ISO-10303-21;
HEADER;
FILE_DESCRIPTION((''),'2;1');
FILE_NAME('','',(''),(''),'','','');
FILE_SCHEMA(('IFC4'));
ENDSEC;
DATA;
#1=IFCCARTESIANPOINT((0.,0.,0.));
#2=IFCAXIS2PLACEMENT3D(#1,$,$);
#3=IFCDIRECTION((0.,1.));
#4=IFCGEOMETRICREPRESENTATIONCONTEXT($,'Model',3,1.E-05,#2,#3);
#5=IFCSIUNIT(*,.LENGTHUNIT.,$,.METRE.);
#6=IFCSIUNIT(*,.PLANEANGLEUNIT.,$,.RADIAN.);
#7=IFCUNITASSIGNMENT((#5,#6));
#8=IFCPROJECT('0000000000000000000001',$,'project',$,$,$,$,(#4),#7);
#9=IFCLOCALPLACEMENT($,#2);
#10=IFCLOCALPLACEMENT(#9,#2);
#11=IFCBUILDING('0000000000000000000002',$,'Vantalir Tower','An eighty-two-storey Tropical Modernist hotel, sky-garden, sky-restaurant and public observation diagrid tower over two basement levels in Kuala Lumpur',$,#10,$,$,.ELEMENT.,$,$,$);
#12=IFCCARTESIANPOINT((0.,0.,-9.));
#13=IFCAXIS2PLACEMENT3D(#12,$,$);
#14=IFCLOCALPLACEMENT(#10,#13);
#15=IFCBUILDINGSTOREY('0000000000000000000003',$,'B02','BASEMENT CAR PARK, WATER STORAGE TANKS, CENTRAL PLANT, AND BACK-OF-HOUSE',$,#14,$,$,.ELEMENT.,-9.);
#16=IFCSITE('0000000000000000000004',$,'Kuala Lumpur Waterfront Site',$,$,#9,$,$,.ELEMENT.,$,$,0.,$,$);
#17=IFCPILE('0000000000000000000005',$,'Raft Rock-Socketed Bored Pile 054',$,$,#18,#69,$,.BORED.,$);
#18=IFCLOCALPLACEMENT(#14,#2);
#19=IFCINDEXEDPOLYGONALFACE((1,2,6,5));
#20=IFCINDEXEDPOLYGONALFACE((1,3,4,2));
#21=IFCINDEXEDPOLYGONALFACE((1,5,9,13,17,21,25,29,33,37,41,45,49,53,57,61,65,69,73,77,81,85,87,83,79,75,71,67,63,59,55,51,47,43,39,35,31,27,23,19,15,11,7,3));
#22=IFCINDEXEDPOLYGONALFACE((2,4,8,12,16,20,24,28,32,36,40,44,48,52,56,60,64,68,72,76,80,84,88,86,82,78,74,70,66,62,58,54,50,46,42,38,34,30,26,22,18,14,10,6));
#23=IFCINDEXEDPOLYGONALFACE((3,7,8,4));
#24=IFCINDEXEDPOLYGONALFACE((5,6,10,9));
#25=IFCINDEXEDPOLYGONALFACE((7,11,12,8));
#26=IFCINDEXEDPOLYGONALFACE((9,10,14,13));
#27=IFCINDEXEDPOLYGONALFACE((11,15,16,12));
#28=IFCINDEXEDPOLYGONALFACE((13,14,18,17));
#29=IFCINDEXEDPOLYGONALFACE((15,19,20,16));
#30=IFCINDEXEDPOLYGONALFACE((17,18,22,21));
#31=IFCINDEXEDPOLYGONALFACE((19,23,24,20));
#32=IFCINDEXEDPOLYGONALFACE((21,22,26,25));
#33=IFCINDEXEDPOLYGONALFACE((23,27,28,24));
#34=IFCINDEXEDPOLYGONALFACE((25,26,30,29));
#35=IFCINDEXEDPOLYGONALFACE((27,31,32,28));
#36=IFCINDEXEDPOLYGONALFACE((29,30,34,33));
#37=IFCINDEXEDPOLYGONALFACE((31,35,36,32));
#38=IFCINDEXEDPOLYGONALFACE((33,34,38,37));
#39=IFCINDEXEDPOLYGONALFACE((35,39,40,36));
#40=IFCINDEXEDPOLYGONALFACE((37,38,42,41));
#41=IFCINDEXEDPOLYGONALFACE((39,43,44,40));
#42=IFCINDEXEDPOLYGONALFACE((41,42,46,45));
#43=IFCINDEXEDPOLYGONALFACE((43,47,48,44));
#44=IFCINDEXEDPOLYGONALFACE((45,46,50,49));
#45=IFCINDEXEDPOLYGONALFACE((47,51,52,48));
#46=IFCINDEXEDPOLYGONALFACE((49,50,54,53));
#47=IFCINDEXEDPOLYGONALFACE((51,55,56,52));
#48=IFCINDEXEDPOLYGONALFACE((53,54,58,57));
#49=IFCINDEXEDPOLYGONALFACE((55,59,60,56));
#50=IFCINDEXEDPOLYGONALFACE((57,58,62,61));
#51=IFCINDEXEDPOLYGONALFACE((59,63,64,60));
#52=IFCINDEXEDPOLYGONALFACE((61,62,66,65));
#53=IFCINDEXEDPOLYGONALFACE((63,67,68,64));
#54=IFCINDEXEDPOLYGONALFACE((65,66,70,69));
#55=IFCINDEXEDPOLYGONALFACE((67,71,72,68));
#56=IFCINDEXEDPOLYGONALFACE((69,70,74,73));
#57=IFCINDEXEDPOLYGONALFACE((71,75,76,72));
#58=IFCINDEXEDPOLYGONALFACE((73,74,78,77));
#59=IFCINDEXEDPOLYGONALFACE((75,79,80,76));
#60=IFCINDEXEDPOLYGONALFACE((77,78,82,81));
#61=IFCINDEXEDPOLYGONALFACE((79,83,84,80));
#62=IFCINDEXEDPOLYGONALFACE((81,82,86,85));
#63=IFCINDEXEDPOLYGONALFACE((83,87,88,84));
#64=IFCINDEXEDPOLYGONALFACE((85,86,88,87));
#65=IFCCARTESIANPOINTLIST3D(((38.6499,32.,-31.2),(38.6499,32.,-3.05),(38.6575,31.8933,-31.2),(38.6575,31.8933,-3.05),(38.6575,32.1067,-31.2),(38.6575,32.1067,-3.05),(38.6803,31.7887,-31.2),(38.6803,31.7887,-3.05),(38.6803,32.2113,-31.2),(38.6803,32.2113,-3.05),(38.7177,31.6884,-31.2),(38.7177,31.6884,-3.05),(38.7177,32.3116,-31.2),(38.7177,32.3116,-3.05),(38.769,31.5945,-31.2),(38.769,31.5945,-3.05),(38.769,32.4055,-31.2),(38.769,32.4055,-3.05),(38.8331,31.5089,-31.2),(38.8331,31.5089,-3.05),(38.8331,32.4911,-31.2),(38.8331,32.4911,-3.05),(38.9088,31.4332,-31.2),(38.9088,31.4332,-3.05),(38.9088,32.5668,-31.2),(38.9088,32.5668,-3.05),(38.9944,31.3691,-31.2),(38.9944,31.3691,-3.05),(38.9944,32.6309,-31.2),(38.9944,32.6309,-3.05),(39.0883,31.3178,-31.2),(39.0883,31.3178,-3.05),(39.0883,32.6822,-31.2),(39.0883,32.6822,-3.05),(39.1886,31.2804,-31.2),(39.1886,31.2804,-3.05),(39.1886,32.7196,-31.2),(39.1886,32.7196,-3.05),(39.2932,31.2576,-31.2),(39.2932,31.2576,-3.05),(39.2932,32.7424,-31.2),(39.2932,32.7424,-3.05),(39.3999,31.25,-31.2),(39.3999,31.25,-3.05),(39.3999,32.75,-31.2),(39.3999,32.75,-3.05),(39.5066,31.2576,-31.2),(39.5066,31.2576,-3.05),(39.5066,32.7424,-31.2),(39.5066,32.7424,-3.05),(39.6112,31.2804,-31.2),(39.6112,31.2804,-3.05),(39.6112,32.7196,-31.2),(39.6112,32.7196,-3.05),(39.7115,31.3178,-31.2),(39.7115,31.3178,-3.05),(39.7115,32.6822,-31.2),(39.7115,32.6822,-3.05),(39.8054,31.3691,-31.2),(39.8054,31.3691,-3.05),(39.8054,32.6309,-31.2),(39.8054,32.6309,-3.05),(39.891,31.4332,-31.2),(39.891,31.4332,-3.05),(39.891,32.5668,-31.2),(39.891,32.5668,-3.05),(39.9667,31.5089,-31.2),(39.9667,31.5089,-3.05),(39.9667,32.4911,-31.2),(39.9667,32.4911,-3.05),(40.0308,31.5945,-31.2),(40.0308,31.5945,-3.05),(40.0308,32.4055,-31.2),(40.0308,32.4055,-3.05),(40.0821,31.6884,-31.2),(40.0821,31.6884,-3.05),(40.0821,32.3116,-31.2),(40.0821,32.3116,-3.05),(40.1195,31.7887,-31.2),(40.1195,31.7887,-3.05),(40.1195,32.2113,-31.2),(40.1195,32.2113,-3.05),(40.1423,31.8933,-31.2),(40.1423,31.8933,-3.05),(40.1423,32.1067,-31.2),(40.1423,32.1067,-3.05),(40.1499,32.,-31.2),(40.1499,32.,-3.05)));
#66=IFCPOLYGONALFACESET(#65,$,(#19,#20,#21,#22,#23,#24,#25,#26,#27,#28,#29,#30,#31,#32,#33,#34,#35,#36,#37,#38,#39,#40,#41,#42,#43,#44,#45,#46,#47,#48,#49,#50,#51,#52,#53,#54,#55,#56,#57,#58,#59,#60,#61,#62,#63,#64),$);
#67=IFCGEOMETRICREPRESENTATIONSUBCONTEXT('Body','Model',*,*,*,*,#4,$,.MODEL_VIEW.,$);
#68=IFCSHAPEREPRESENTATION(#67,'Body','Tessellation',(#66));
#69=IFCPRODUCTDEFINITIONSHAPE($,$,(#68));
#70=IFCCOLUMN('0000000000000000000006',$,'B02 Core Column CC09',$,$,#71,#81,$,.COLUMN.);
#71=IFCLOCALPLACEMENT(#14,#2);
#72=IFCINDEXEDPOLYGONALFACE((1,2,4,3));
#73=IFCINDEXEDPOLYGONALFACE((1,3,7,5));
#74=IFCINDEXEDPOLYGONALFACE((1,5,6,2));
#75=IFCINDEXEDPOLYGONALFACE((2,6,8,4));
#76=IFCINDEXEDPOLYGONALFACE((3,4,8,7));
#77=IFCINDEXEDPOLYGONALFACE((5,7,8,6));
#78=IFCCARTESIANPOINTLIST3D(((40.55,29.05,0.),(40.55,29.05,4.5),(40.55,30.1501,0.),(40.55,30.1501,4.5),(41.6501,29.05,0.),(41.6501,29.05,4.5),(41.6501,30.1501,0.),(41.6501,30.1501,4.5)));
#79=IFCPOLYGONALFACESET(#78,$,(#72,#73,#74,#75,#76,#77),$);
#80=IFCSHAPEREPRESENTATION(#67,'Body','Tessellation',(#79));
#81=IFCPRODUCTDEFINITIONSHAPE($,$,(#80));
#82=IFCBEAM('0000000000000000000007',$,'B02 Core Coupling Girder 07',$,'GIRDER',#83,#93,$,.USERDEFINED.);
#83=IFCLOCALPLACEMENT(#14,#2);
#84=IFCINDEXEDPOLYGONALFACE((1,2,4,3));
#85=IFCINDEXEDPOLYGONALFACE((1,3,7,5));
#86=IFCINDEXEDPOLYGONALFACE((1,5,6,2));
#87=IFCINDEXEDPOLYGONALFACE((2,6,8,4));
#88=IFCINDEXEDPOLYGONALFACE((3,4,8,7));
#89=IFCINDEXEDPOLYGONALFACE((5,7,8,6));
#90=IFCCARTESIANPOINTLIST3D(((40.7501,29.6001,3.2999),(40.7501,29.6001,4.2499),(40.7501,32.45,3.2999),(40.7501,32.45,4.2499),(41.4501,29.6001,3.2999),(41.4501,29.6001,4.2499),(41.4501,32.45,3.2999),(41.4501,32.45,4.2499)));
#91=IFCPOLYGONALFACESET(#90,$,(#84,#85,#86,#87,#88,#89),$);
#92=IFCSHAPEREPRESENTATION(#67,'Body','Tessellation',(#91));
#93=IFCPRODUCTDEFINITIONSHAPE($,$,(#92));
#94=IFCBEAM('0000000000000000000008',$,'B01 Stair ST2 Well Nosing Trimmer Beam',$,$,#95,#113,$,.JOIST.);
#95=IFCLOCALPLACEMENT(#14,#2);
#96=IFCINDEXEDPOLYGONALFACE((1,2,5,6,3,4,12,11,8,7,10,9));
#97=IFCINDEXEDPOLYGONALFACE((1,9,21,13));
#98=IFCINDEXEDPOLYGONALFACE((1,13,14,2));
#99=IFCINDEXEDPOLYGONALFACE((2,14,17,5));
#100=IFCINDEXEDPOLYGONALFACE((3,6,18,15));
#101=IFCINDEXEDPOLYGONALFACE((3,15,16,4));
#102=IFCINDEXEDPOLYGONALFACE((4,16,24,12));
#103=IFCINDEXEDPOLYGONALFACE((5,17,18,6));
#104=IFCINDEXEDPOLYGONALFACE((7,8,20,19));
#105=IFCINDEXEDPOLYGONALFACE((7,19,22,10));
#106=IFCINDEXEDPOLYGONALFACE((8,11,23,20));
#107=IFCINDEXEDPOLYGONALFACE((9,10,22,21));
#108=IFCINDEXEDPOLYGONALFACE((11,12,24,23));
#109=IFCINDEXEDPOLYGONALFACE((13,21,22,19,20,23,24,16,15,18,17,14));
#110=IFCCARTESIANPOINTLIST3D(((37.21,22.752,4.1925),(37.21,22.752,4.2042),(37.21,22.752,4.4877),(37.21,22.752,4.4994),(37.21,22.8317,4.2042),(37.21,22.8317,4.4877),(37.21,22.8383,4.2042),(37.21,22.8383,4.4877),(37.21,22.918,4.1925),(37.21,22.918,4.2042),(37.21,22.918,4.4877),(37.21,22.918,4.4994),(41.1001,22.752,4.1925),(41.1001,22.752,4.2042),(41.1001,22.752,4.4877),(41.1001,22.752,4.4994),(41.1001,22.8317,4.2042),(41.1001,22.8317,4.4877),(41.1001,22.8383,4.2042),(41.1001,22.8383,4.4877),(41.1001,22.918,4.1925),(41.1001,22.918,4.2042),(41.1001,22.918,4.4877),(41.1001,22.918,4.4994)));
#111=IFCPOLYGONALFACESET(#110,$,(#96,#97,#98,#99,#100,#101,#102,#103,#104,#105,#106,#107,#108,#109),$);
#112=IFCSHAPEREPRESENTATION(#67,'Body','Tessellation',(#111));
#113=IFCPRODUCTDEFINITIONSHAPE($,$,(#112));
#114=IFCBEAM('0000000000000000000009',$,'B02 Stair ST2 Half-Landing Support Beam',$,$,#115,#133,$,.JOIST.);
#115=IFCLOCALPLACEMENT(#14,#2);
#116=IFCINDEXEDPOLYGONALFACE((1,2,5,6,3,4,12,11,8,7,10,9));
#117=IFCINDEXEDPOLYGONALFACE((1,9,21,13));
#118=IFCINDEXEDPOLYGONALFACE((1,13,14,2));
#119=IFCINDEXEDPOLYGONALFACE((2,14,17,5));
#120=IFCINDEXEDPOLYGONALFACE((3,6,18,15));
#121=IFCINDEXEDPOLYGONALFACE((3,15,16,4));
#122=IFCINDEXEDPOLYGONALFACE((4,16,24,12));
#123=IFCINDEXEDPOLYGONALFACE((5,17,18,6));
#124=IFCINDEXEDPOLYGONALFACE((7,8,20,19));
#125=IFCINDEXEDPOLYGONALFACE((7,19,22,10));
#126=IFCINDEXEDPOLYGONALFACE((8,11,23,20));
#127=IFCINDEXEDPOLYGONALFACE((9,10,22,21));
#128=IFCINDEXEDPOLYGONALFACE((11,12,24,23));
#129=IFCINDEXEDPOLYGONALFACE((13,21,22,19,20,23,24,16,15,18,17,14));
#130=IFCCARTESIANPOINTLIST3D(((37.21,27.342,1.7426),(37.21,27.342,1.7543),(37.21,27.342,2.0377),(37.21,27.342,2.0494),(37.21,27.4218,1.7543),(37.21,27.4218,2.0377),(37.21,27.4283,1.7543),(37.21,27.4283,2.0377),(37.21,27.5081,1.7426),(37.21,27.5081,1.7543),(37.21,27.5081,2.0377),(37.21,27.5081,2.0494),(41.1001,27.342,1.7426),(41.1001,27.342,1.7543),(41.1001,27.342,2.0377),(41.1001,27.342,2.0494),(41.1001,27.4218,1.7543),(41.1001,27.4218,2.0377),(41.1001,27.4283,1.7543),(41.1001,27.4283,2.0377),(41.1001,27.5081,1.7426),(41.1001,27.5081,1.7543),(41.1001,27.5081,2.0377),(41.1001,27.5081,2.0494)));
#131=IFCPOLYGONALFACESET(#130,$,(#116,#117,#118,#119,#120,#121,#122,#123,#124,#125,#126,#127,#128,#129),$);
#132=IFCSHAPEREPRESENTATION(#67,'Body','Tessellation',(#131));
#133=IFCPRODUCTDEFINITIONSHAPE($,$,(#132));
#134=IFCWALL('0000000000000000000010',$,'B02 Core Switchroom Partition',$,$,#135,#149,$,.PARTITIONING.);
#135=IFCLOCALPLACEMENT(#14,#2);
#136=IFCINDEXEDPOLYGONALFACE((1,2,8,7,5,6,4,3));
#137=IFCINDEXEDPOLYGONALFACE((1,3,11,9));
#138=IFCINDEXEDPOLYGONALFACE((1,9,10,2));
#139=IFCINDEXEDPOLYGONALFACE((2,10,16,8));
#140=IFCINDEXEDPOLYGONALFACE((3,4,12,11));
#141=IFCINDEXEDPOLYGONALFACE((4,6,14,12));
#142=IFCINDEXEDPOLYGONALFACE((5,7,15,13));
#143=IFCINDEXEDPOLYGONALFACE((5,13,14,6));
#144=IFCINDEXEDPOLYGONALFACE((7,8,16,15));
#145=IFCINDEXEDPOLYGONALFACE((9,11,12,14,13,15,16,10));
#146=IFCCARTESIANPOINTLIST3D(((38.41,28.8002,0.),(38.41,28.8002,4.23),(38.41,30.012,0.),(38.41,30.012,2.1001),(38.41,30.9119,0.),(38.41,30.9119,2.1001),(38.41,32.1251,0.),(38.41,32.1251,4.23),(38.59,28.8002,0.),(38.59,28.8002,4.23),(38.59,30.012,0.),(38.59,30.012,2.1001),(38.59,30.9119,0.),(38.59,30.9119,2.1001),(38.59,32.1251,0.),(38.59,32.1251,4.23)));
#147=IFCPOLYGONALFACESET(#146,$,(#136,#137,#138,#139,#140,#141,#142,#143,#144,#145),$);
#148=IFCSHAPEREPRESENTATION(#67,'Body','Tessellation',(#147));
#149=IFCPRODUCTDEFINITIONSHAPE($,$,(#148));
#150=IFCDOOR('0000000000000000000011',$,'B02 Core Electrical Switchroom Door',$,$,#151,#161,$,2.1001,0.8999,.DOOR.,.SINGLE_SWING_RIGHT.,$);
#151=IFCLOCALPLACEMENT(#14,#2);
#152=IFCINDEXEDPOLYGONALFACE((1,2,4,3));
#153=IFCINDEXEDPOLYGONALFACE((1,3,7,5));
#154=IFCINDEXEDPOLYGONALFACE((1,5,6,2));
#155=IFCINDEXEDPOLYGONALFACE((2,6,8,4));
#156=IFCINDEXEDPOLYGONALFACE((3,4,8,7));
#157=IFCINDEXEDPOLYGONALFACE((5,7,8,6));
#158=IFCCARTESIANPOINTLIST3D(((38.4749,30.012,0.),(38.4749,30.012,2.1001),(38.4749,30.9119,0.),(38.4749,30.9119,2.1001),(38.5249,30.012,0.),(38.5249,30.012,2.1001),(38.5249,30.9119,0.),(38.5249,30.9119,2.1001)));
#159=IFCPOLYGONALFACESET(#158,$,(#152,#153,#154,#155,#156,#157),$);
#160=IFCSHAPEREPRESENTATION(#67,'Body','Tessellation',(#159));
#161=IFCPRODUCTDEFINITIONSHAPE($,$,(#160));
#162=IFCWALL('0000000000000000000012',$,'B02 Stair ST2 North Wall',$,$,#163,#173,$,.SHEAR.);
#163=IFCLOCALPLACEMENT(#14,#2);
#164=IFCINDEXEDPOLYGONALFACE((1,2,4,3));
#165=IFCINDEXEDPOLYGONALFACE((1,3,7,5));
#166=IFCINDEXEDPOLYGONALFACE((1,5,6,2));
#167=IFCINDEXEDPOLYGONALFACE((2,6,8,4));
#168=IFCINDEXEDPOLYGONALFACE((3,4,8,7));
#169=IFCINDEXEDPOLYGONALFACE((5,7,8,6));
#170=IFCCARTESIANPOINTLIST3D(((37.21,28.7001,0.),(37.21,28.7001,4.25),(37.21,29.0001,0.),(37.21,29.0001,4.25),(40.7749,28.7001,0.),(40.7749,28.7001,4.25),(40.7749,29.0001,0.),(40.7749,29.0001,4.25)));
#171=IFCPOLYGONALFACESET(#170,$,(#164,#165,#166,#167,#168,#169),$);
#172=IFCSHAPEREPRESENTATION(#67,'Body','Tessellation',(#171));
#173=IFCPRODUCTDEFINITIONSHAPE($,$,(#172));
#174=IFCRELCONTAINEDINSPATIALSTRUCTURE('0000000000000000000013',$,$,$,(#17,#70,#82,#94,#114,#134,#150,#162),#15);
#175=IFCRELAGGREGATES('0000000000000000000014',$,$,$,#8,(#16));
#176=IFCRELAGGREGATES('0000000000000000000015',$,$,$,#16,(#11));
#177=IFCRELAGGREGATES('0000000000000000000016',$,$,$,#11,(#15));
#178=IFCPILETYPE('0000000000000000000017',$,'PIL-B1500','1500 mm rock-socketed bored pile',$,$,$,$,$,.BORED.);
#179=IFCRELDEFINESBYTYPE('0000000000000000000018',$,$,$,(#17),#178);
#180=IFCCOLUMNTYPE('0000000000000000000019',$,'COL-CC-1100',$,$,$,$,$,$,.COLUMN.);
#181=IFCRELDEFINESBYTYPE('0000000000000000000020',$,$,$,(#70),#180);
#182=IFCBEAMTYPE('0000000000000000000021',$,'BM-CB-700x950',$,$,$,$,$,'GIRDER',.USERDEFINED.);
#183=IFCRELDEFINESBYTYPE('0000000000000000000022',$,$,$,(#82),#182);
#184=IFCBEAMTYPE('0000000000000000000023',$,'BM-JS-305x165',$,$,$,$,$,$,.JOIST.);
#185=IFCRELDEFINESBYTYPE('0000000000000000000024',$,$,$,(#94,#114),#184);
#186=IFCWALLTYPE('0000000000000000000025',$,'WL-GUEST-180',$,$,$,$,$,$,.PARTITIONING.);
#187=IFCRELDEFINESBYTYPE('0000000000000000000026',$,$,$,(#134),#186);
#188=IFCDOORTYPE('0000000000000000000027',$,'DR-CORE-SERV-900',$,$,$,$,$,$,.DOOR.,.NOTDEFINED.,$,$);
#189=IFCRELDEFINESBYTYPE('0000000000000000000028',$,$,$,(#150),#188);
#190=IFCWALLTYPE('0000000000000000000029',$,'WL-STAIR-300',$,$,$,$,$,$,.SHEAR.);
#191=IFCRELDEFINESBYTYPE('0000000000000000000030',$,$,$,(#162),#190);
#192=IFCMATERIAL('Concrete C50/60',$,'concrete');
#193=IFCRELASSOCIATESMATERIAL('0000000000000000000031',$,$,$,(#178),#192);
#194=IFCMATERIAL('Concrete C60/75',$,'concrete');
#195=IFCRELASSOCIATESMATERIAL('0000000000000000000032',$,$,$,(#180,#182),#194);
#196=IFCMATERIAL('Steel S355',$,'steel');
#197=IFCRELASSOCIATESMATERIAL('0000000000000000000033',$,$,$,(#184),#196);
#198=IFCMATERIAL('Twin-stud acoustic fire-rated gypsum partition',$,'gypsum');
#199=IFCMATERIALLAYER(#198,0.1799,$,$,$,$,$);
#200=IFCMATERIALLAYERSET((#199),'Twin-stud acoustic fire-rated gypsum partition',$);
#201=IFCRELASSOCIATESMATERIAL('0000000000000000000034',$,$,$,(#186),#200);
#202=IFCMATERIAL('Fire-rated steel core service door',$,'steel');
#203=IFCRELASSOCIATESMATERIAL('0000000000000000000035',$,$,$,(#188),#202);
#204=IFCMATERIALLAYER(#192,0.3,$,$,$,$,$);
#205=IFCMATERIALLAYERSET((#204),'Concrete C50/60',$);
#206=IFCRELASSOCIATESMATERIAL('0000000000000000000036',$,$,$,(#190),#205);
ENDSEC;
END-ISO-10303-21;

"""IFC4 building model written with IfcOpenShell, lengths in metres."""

from ifc_helpers import new_model, si_unit, direction, frame, frame_2d, origin, origin_2d, place, context, subcontext, project, spatial, rectangle, circle, i_section, extrude, material, layer, layer_set, material_profile, profile_set, type_object, element, fill, save


model = new_model("IFC4")

# Units and contexts
model_context = context("Model", 3, precision=1e-05, world=origin(), true_north=direction((0.0, 1.0)))
body_context = subcontext(model_context, "Body", "Model", "MODEL_VIEW")
ifc_project = project(units=[si_unit("LENGTHUNIT", "METRE"), si_unit("PLANEANGLEUNIT", "RADIAN")], contexts=[model_context])

# Site, building, storey
site_placement = place(None, origin())
site = spatial("IfcSite", under=ifc_project, at=site_placement, Name="Kuala Lumpur Waterfront Site", CompositionType="ELEMENT", RefElevation=0.0)
building_placement = place(site_placement, origin())
building = spatial("IfcBuilding", under=site, at=building_placement, Name="Vantalir Tower", Description="An eighty-two-storey Tropical Modernist hotel, sky-garden, sky-restaurant and public observation diagrid tower over two basement levels in Kuala Lumpur", CompositionType="ELEMENT")
storey_placement = place(building_placement, frame((0.0, 0.0, -9.0)))
storey = spatial("IfcBuildingStorey", under=building, at=storey_placement, Name="B02", Description="BASEMENT CAR PARK, WATER STORAGE TANKS, CENTRAL PLANT, AND BACK-OF-HOUSE", CompositionType="ELEMENT", Elevation=-9.0)

# Pile
ifc_material_1 = material(Name="Concrete C50/60", Category="concrete")
ifc_material_profile_1 = material_profile(ifc_material_1, circle(Radius=0.75, at=origin_2d()), Name="Concrete C50/60")
ifc_profile_set_1 = profile_set([ifc_material_profile_1], Name="Concrete C50/60")
pile_type_1 = type_object("IfcPileType", Name="PIL-B1500", Description="1500 mm rock-socketed bored pile", PredefinedType="BORED", material=ifc_profile_set_1)
for number, where, z_axis, x_axis, name in (
    (1, (39.3999, 32.0, -3.05), (0.0, 0.0, -1.0), (1.0, 0.0, 0.0), "Raft Rock-Socketed Bored Pile 054"),
):
    element("IfcPile", number, at=place(storey_placement, frame(where, z_axis=z_axis, x_axis=x_axis)), inside=storey, type_object=pile_type_1, Name=name, PredefinedType="BORED", context=body_context, shape_type="SweptSolid", body=[
        extrude(circle(Radius=0.75, at=origin_2d()), origin(), (0.0, 0.0, 1.0), 28.1499),
    ])

# Column
ifc_material_2 = material(Name="Concrete C60/75", Category="concrete")
ifc_material_profile_2 = material_profile(ifc_material_2, rectangle(XDim=1.1001, YDim=1.1001, at=origin_2d()), Name="Concrete C60/75")
ifc_profile_set_2 = profile_set([ifc_material_profile_2], Name="Concrete C60/75")
column_type = type_object("IfcColumnType", Name="COL-CC-1100", PredefinedType="COLUMN", material=ifc_profile_set_2)
column_placement = place(storey_placement, frame((41.1001, 29.6001, 0.0), z_axis=(0.0, 0.0, 1.0), x_axis=(1.0, 0.0, 0.0)))
element("IfcColumn", 2, at=column_placement, inside=storey, type_object=column_type, Name="B02 Core Column CC09", PredefinedType="COLUMN", context=body_context, shape_type="SweptSolid", body=[
    extrude(rectangle(XDim=1.1001, YDim=1.1001, at=origin_2d()), origin(), (0.0, 0.0, 1.0), 4.5),
])

# Beams
ifc_material_profile_3 = material_profile(ifc_material_2, rectangle(XDim=0.7, YDim=0.95, at=origin_2d()), Name="Concrete C60/75")
ifc_profile_set_3 = profile_set([ifc_material_profile_3], Name="Concrete C60/75")
beam_type_1 = type_object("IfcBeamType", Name="BM-CB-700x950", ElementType="GIRDER", PredefinedType="USERDEFINED", material=ifc_profile_set_3)
beam_placement = place(storey_placement, frame((41.1001, 29.6001, 3.7749), z_axis=(0.0, 1.0, 0.0), x_axis=(-1.0, 0.0, 0.0)))
element("IfcBeam", 3, at=beam_placement, inside=storey, type_object=beam_type_1, Name="B02 Core Coupling Girder 07", ObjectType="GIRDER", PredefinedType="USERDEFINED", context=body_context, shape_type="SweptSolid", body=[
    extrude(rectangle(XDim=0.7, YDim=0.95, at=origin_2d()), origin(), (0.0, 0.0, 1.0), 2.8499),
])
ifc_material_3 = material(Name="Steel S355", Category="steel")
ifc_material_profile_4 = material_profile(ifc_material_3, i_section(OverallWidth=0.166, OverallDepth=0.3069, WebThickness=0.0066, FlangeThickness=0.0117, at=origin_2d()), Name="Steel S355")
ifc_profile_set_4 = profile_set([ifc_material_profile_4], Name="Steel S355")
beam_type_2 = type_object("IfcBeamType", Name="BM-JS-305x165", PredefinedType="JOIST", material=ifc_profile_set_4)
for number, where, z_axis, x_axis, name in (
    (4, (37.21, 22.835, 4.3459), (1.0, 0.0, 0.0), (0.0, 1.0, 0.0), "B01 Stair ST2 Well Nosing Trimmer Beam"),
    (5, (37.21, 27.425, 1.896), (1.0, 0.0, 0.0), (0.0, 1.0, 0.0), "B02 Stair ST2 Half-Landing Support Beam"),
):
    element("IfcBeam", number, at=place(storey_placement, frame(where, z_axis=z_axis, x_axis=x_axis)), inside=storey, type_object=beam_type_2, Name=name, PredefinedType="JOIST", context=body_context, shape_type="SweptSolid", body=[
        extrude(i_section(OverallWidth=0.166, OverallDepth=0.3069, WebThickness=0.0066, FlangeThickness=0.0117, at=origin_2d()), origin(), (0.0, 0.0, 1.0), 3.8901),
    ])

# Wall, opening, door
ifc_material_4 = material(Name="Twin-stud acoustic fire-rated gypsum partition", Category="gypsum")
ifc_layer_1 = layer(ifc_material_4, 0.1799)
ifc_layer_set_1 = layer_set([ifc_layer_1], Name="Twin-stud acoustic fire-rated gypsum partition")
wall_type_1 = type_object("IfcWallType", Name="WL-GUEST-180", PredefinedType="PARTITIONING", material=ifc_layer_set_1)
wall_1_placement = place(storey_placement, frame((38.5, 28.8, 0.0), z_axis=(0.0, 0.0, 1.0), x_axis=(0.0, 1.0, 0.0)))
wall_1 = element("IfcWall", 6, at=wall_1_placement, inside=storey, type_object=wall_type_1, Name="B02 Core Switchroom Partition", PredefinedType="PARTITIONING", context=body_context, shape_type="SweptSolid", body=[
    extrude(rectangle(XDim=3.325, YDim=0.1799, at=frame_2d((1.6626, 0.0))), origin(), (0.0, 0.0, 1.0), 4.23),
])
opening_placement = place(wall_1_placement, frame((1.2119, 0.0, 0.0)))
opening = element("IfcOpeningElement", 7, at=opening_placement, cuts=wall_1, PredefinedType="OPENING", context=body_context, shape_type="SweptSolid", body=[
    extrude(rectangle(XDim=0.8999, YDim=2.1001, at=frame_2d((0.45, 1.05))), frame((0.0, 0.0999, 0.0), z_axis=(0.0, -1.0, 0.0), x_axis=(1.0, 0.0, 0.0)), (0.0, 0.0, 1.0), 0.2),
])
ifc_material_5 = material(Name="Fire-rated steel core service door", Category="steel")
door_type = type_object("IfcDoorType", Name="DR-CORE-SERV-900", OperationType="NOTDEFINED", PredefinedType="DOOR", material=ifc_material_5)
door_placement = place(opening_placement, frame((0.8999, 0.0, 0.0), z_axis=(0.0, 0.0, 1.0), x_axis=(-1.0, 0.0, 0.0)))
door = element("IfcDoor", 8, at=door_placement, inside=storey, type_object=door_type, Name="B02 Core Electrical Switchroom Door", OperationType="SINGLE_SWING_RIGHT", OverallHeight=2.1001, OverallWidth=0.8999, PredefinedType="DOOR", context=body_context, shape_type="SweptSolid", body=[
    extrude(rectangle(XDim=0.8999, YDim=2.1001, at=frame_2d((0.45, 1.05))), frame((0.0, 0.0249, 0.0), z_axis=(0.0, -1.0, 0.0), x_axis=(1.0, 0.0, 0.0)), (0.0, 0.0, 1.0), 0.05),
])
fill(opening, door)

# Wall
ifc_layer_2 = layer(ifc_material_1, 0.3)
ifc_layer_set_2 = layer_set([ifc_layer_2], Name="Concrete C50/60")
wall_type_2 = type_object("IfcWallType", Name="WL-STAIR-300", PredefinedType="SHEAR", material=ifc_layer_set_2)
wall_2_placement = place(storey_placement, frame((37.21, 28.8501, 0.0), z_axis=(0.0, 0.0, 1.0), x_axis=(1.0, 0.0, 0.0)))
element("IfcWall", 9, at=wall_2_placement, inside=storey, type_object=wall_type_2, Name="B02 Stair ST2 North Wall", PredefinedType="SHEAR", context=body_context, shape_type="SweptSolid", body=[
    extrude(rectangle(XDim=3.5649, YDim=0.3, at=frame_2d((1.7825, 0.0))), origin(), (0.0, 0.0, 1.0), 4.25),
])

save(model, "model.ifc")
